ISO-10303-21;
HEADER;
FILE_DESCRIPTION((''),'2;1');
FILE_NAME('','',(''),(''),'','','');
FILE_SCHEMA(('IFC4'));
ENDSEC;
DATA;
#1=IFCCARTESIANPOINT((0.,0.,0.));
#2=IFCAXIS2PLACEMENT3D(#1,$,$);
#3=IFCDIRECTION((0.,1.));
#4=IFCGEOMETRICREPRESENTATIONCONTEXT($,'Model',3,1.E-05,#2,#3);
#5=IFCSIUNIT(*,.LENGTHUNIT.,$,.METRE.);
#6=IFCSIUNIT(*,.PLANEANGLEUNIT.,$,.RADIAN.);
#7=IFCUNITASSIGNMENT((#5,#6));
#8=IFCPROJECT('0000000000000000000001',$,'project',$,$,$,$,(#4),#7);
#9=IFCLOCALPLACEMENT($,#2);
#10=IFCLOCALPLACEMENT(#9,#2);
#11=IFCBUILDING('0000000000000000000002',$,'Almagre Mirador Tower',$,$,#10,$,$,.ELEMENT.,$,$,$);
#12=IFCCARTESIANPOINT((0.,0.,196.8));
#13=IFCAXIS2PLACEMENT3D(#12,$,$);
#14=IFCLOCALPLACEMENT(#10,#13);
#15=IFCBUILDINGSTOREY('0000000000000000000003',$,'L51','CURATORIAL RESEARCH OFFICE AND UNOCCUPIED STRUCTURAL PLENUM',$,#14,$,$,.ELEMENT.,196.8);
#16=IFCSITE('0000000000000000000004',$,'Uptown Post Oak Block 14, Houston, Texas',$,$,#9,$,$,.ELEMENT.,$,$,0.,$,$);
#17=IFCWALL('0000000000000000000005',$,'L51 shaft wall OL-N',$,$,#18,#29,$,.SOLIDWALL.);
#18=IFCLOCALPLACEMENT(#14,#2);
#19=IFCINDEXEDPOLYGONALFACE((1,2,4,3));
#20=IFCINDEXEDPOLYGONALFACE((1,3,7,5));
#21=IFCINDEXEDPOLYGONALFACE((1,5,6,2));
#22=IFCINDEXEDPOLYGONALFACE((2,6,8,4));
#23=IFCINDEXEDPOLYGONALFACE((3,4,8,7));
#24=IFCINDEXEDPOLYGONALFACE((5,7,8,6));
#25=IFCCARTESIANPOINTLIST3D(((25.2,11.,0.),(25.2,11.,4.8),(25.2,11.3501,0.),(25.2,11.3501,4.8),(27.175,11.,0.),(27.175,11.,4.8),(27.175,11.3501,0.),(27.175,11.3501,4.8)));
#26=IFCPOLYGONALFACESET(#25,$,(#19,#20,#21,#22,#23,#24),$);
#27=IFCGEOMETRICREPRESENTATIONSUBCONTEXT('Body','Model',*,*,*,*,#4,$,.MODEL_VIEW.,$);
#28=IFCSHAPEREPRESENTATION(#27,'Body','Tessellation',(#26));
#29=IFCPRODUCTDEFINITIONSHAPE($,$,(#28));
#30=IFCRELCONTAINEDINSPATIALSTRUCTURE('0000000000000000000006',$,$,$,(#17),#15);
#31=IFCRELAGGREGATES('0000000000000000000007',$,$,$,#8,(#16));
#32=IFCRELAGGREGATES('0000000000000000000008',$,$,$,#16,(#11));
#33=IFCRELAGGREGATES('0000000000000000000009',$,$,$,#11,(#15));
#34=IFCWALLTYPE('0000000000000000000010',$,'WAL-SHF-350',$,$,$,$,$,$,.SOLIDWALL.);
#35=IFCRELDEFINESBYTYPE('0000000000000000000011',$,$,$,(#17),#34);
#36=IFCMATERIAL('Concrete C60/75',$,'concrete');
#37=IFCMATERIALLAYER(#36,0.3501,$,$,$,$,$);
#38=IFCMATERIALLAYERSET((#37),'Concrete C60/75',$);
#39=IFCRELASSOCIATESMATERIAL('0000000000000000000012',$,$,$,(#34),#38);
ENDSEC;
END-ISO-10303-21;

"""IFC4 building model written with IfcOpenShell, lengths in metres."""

from ifc_helpers import new_model, si_unit, direction, frame, frame_2d, origin, place, context, subcontext, project, spatial, rectangle, extrude, material, layer, layer_set, type_object, element, save


model = new_model("IFC4")

# Units and contexts
model_context = context("Model", 3, precision=1e-05, world=origin(), true_north=direction((0.0, 1.0)))
body_context = subcontext(model_context, "Body", "Model", "MODEL_VIEW")
ifc_project = project(units=[si_unit("LENGTHUNIT", "METRE"), si_unit("PLANEANGLEUNIT", "RADIAN")], contexts=[model_context])

# Site, building, storey
site_placement = place(None, origin())
site = spatial("IfcSite", under=ifc_project, at=site_placement, Name="Uptown Post Oak Block 14, Houston, Texas", CompositionType="ELEMENT", RefElevation=0.0)
building_placement = place(site_placement, origin())
building = spatial("IfcBuilding", under=site, at=building_placement, Name="Almagre Mirador Tower", CompositionType="ELEMENT")
storey_placement = place(building_placement, frame((0.0, 0.0, 196.8)))
storey = spatial("IfcBuildingStorey", under=building, at=storey_placement, Name="L51", Description="CURATORIAL RESEARCH OFFICE AND UNOCCUPIED STRUCTURAL PLENUM", CompositionType="ELEMENT", Elevation=196.8)

# Shared definitions
ifc_material_1 = material(Name="Concrete C60/75", Category="concrete")
ifc_layer_1 = layer(ifc_material_1, 0.3501)
ifc_layer_set_1 = layer_set([ifc_layer_1], Name="Concrete C60/75")
wall_type_1 = type_object("IfcWallType", Name="WAL-SHF-350", PredefinedType="SOLIDWALL", material=ifc_layer_set_1)

# Wall
for number, where, z_axis, x_axis, name in (
    (1, (25.2, 11.175, 0.0), (0.0, 0.0, 1.0), (1.0, 0.0, 0.0), "L51 shaft wall OL-N"),
):
    element("IfcWall", number, at=place(storey_placement, frame(where, z_axis=z_axis, x_axis=x_axis)), inside=storey, type_object=wall_type_1, Name=name, PredefinedType="SOLIDWALL", context=body_context, shape_type="SweptSolid", body=[
        extrude(rectangle(XDim=1.9751, YDim=0.3501, at=frame_2d((0.9875, 0.0))), origin(), (0.0, 0.0, 1.0), 4.8),
    ])

save(model, "model.ifc")
